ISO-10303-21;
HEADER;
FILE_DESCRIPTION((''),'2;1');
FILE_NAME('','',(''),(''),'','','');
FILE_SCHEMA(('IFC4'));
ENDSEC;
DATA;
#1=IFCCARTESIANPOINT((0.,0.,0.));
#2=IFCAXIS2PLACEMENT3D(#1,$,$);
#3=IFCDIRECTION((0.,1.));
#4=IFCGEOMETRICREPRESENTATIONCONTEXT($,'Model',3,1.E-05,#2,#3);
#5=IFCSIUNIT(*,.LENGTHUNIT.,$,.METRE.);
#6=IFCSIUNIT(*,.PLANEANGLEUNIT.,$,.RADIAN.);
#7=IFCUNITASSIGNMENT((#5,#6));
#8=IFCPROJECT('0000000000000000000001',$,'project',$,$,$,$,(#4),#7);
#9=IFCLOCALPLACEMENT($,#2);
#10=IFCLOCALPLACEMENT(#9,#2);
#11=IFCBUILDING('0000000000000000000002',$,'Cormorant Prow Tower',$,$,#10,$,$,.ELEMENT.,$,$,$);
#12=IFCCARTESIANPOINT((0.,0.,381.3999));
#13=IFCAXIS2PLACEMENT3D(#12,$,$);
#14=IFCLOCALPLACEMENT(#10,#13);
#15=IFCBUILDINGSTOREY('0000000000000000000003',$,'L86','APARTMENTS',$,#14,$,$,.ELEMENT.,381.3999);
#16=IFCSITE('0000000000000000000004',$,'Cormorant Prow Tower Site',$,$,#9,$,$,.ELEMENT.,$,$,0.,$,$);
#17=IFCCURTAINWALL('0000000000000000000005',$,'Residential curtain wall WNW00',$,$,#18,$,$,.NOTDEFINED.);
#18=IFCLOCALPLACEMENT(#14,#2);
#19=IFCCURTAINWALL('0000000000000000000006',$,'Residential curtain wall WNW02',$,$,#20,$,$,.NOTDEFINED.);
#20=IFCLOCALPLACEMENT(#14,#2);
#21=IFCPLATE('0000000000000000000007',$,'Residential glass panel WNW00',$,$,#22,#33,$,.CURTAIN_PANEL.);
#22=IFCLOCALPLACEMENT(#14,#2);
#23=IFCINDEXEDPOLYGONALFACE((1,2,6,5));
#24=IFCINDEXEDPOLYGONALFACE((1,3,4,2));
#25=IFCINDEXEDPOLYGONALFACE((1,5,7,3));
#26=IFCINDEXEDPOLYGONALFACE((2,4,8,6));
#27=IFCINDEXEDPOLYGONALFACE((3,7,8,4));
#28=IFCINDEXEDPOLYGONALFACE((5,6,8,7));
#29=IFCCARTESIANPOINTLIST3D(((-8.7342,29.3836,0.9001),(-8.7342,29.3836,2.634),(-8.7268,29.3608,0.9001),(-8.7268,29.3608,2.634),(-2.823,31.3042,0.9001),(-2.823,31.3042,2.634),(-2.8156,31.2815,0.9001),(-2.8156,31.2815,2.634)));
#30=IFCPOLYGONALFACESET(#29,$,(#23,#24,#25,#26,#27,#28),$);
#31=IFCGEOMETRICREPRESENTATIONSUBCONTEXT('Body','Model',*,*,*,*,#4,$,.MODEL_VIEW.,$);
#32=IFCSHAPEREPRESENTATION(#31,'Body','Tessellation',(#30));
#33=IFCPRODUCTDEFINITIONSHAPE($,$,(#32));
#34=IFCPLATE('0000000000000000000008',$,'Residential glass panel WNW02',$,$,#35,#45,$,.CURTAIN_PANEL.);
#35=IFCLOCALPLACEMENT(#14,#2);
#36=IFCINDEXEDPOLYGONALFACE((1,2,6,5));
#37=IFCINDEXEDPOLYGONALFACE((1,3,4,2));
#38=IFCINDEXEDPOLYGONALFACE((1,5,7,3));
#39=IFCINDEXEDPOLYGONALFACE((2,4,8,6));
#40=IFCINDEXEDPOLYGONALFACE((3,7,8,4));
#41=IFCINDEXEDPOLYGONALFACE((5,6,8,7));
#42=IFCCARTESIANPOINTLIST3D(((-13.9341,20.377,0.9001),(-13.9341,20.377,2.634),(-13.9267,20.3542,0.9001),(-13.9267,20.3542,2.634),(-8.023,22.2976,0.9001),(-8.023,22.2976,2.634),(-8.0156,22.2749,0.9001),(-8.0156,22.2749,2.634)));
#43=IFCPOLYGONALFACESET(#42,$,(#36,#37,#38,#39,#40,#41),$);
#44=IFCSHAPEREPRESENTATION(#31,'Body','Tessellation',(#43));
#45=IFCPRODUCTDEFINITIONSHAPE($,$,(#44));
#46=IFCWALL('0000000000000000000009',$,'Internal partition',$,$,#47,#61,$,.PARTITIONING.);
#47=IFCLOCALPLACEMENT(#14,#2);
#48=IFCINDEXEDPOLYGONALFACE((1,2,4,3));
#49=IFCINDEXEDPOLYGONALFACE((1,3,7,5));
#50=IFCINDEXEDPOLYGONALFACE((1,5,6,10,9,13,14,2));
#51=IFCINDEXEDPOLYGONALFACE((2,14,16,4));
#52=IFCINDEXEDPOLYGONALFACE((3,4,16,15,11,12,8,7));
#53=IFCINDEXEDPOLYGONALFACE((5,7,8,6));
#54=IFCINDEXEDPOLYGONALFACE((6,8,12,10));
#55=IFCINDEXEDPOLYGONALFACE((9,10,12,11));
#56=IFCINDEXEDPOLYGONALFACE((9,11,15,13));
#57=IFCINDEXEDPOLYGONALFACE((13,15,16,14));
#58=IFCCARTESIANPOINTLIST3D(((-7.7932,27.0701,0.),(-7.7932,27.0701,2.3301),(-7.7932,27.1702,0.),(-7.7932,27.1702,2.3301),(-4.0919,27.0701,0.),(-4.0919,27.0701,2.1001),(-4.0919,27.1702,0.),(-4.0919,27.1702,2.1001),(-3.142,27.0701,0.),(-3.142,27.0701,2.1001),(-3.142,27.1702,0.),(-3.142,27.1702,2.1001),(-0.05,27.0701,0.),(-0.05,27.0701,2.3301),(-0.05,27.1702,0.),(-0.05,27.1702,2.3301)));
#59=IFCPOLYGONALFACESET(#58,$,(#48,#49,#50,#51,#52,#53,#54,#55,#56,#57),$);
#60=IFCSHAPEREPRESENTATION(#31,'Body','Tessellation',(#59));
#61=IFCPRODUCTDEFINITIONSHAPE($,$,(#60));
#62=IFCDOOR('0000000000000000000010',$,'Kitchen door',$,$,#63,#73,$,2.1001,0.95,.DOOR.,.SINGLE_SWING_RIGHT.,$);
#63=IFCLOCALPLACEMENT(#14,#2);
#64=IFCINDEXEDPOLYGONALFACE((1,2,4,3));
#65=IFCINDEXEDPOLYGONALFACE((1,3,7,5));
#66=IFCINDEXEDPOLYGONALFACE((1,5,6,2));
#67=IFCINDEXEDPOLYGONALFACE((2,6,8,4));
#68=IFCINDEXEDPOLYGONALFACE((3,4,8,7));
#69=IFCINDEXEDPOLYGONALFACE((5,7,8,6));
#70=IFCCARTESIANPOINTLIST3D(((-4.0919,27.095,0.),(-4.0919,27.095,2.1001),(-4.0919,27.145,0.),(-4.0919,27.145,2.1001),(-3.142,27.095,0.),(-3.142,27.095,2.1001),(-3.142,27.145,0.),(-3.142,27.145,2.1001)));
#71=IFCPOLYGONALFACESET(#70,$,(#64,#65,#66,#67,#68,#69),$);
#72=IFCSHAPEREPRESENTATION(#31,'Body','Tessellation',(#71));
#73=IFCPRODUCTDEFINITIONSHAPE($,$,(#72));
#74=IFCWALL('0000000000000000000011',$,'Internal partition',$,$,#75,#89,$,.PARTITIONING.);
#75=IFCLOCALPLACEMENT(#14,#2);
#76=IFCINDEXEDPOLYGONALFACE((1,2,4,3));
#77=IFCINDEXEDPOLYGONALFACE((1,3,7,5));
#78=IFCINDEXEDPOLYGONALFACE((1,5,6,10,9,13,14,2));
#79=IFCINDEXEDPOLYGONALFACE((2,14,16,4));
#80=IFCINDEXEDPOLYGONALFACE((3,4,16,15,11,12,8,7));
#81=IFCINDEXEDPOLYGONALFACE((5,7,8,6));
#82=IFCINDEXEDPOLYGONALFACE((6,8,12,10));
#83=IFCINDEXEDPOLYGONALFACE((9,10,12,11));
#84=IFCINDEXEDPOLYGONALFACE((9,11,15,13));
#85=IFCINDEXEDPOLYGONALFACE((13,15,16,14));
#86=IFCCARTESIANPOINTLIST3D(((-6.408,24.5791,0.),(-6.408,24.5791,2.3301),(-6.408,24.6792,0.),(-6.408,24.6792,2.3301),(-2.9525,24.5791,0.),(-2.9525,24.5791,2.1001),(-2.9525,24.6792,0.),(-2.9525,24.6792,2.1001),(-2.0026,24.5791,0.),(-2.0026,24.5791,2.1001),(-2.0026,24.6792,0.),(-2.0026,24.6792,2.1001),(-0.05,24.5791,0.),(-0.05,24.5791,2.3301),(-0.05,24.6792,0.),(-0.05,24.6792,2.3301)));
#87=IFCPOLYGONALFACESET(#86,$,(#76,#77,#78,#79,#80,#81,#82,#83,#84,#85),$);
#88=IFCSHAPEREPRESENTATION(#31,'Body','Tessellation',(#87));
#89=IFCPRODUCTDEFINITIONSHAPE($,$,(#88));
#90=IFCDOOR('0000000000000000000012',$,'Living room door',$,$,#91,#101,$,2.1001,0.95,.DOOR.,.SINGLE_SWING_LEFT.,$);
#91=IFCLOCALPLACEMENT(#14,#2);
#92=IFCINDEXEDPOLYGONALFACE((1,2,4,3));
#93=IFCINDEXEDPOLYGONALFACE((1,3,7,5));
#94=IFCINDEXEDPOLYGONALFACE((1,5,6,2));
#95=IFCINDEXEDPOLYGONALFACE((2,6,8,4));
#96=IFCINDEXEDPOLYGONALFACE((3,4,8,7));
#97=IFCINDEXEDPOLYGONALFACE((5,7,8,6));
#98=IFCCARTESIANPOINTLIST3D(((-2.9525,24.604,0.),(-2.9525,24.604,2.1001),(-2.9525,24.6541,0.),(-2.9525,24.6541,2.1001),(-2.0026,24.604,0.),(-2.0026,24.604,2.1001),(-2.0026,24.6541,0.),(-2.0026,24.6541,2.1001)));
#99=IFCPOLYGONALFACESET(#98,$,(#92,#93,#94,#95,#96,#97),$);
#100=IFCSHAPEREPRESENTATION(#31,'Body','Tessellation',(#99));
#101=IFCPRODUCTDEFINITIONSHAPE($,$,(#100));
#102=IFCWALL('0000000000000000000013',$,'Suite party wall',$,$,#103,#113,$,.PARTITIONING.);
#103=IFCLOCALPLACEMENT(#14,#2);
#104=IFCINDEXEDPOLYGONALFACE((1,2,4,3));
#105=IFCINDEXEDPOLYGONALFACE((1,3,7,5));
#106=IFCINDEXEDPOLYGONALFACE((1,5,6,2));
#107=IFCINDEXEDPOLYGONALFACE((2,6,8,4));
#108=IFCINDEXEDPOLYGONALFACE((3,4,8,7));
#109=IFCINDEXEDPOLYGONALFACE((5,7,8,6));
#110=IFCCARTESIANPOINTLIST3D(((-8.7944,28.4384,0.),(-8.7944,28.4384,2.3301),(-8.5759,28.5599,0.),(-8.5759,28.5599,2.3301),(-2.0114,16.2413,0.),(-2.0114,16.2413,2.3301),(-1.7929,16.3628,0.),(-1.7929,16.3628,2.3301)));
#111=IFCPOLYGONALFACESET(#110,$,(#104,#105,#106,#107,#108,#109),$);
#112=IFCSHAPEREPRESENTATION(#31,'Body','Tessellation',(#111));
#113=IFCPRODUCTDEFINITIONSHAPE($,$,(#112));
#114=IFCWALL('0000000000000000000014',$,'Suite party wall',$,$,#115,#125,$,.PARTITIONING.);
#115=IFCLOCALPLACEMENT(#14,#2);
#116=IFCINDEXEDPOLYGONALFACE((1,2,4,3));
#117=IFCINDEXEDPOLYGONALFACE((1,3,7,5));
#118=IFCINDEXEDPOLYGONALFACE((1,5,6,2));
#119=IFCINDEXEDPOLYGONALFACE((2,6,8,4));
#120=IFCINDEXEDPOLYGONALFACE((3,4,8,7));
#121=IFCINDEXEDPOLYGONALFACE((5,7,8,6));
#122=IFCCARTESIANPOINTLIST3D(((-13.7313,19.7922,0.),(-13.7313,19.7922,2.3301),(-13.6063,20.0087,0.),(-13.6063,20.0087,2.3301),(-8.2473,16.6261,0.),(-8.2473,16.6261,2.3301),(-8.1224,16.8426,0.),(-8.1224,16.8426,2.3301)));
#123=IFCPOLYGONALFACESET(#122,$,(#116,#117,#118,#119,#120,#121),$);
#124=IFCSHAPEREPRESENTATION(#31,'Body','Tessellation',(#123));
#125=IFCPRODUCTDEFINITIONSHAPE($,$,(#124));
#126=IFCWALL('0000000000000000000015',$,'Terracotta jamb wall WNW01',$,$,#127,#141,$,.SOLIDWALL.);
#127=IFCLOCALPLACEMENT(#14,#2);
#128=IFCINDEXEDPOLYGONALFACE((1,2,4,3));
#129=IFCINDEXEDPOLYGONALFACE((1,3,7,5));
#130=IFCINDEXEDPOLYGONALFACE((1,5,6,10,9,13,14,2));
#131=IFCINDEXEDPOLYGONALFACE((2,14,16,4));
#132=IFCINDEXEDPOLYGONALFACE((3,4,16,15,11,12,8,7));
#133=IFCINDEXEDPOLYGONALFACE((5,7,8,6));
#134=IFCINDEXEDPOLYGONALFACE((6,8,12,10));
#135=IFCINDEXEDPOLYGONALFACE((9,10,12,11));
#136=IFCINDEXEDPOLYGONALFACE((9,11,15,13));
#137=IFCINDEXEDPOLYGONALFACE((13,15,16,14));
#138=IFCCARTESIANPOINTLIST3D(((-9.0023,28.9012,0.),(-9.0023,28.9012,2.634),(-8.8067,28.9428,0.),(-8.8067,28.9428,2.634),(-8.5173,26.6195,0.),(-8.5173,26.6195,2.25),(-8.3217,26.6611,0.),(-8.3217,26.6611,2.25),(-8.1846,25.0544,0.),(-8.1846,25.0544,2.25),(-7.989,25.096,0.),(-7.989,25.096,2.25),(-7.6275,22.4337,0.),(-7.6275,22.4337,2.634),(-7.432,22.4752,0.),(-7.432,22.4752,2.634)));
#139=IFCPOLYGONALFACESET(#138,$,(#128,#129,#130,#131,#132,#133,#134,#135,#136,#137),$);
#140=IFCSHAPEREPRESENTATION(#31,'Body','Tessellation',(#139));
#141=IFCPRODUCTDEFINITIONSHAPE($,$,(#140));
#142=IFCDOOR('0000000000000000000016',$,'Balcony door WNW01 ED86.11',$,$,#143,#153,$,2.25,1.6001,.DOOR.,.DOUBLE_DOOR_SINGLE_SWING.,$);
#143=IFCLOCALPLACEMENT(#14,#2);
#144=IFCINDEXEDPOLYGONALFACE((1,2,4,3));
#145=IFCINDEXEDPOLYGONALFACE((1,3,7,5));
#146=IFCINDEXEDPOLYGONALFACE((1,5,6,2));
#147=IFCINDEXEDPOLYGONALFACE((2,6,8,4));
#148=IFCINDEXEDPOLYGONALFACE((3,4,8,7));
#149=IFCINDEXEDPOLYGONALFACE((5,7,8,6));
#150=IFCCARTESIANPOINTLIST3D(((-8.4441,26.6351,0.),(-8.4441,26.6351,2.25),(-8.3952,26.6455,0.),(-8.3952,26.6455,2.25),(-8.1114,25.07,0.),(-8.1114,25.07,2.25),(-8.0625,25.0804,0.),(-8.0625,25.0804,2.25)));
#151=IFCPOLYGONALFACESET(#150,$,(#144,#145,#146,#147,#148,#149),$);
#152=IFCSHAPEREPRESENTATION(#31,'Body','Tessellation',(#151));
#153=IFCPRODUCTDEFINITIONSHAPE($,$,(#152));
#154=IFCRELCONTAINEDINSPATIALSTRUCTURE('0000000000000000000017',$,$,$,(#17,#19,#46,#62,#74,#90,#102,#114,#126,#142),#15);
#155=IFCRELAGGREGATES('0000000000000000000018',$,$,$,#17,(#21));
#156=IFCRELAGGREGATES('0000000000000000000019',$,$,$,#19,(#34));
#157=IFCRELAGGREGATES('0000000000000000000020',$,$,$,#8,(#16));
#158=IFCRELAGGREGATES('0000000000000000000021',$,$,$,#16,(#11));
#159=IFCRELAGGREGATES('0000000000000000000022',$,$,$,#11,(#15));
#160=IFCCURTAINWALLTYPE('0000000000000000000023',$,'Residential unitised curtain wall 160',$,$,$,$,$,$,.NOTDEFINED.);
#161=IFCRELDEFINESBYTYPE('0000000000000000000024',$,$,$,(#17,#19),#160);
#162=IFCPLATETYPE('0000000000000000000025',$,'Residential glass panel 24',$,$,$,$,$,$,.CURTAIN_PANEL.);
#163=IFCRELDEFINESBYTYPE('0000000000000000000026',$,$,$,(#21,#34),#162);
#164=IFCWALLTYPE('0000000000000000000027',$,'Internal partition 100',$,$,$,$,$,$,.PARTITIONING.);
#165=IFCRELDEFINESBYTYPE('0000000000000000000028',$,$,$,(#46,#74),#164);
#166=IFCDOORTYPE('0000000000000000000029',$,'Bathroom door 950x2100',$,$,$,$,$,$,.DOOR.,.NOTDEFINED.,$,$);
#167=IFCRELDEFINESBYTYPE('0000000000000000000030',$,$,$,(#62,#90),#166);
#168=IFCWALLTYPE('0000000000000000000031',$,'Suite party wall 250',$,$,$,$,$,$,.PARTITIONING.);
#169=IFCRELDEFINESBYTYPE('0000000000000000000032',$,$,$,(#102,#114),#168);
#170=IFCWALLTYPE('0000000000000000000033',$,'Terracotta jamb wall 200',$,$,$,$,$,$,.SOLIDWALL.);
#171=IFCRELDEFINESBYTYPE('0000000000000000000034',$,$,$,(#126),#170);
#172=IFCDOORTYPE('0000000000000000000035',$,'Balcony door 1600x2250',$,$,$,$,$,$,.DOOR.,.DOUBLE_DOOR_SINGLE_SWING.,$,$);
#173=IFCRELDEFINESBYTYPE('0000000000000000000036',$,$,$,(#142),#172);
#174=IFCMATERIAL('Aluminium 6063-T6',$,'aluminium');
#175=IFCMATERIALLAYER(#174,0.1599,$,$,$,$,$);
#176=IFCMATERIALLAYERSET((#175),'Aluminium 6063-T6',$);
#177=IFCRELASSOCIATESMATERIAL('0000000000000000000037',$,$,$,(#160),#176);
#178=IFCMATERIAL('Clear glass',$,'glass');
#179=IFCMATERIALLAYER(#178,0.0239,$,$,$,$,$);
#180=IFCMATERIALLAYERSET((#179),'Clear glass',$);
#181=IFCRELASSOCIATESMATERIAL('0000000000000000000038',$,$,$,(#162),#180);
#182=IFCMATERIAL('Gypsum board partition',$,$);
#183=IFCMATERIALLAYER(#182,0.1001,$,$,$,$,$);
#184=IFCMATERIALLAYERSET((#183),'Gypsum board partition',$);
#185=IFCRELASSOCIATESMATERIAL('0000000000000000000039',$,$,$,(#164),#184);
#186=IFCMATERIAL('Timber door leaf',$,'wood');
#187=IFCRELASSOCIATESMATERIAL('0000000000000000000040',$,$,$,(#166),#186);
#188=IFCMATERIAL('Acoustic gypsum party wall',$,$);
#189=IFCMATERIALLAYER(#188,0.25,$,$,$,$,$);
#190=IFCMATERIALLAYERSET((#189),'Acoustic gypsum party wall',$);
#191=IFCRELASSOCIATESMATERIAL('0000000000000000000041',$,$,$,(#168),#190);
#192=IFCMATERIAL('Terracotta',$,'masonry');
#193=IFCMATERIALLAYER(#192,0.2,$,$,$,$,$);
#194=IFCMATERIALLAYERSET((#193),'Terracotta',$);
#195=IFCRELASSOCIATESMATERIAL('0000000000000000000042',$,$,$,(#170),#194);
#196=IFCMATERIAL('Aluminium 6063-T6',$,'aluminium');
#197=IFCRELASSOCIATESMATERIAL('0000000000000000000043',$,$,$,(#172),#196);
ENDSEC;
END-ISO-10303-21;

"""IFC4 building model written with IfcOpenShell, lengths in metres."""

from ifc_helpers import new_model, si_unit, direction, frame, frame_2d, origin, origin_2d, place, context, subcontext, project, spatial, rectangle, extrude, material, layer, layer_set, type_object, element, fill, aggregate, save


model = new_model("IFC4")

# Units and contexts
model_context = context("Model", 3, precision=1e-05, world=origin(), true_north=direction((0.0, 1.0)))
body_context = subcontext(model_context, "Body", "Model", "MODEL_VIEW")
ifc_project = project(units=[si_unit("LENGTHUNIT", "METRE"), si_unit("PLANEANGLEUNIT", "RADIAN")], contexts=[model_context])

# Site, building, storey
site_placement = place(None, origin())
site = spatial("IfcSite", under=ifc_project, at=site_placement, Name="Cormorant Prow Tower Site", CompositionType="ELEMENT", RefElevation=0.0)
building_placement = place(site_placement, origin())
building = spatial("IfcBuilding", under=site, at=building_placement, Name="Cormorant Prow Tower", CompositionType="ELEMENT")
storey_placement = place(building_placement, frame((0.0, 0.0, 381.3999)))
storey = spatial("IfcBuildingStorey", under=building, at=storey_placement, Name="L86", Description="APARTMENTS", CompositionType="ELEMENT", Elevation=381.3999)

# Curtain walls
ifc_material_1 = material(Name="Aluminium 6063-T6", Category="aluminium")
ifc_layer_1 = layer(ifc_material_1, 0.1599)
ifc_layer_set_1 = layer_set([ifc_layer_1], Name="Aluminium 6063-T6")
curtain_wall_type = type_object("IfcCurtainWallType", Name="Residential unitised curtain wall 160", PredefinedType="NOTDEFINED", material=ifc_layer_set_1)
curtain_wall_1_placement = place(storey_placement, origin())
curtain_wall_1 = element("IfcCurtainWall", 1, at=curtain_wall_1_placement, inside=storey, type_object=curtain_wall_type, Name="Residential curtain wall WNW00", PredefinedType="NOTDEFINED")
curtain_wall_2_placement = place(storey_placement, origin())
curtain_wall_2 = element("IfcCurtainWall", 2, at=curtain_wall_2_placement, inside=storey, type_object=curtain_wall_type, Name="Residential curtain wall WNW02", PredefinedType="NOTDEFINED")

# Plates
ifc_material_2 = material(Name="Clear glass", Category="glass")
ifc_layer_2 = layer(ifc_material_2, 0.0239)
ifc_layer_set_2 = layer_set([ifc_layer_2], Name="Clear glass")
plate_type = type_object("IfcPlateType", Name="Residential glass panel 24", PredefinedType="CURTAIN_PANEL", material=ifc_layer_set_2)
plate_1_placement = place(storey_placement, frame((-5.7749, 30.3325, 0.9001), z_axis=(0.0, 0.0, 1.0), x_axis=(-0.951057, -0.309017, 0.0)))
plate_1 = element("IfcPlate", 3, at=plate_1_placement, type_object=plate_type, Name="Residential glass panel WNW00", PredefinedType="CURTAIN_PANEL", context=body_context, shape_type="SweptSolid", body=[
    extrude(rectangle(XDim=6.2153, YDim=0.0239, at=origin_2d()), origin(), (0.0, 0.0, 1.0), 1.7339),
])
aggregate(curtain_wall_1, [plate_1])
plate_2_placement = place(storey_placement, frame((-10.9749, 21.3259, 0.9001), z_axis=(0.0, 0.0, 1.0), x_axis=(-0.951057, -0.309017, 0.0)))
plate_2 = element("IfcPlate", 4, at=plate_2_placement, type_object=plate_type, Name="Residential glass panel WNW02", PredefinedType="CURTAIN_PANEL", context=body_context, shape_type="SweptSolid", body=[
    extrude(rectangle(XDim=6.2153, YDim=0.0239, at=origin_2d()), origin(), (0.0, 0.0, 1.0), 1.7339),
])
aggregate(curtain_wall_2, [plate_2])

# Walls, openings, doors
ifc_material_3 = material(Name="Gypsum board partition")
ifc_layer_3 = layer(ifc_material_3, 0.1001)
ifc_layer_set_3 = layer_set([ifc_layer_3], Name="Gypsum board partition")
wall_type_1 = type_object("IfcWallType", Name="Internal partition 100", PredefinedType="PARTITIONING", material=ifc_layer_set_3)
wall_1_placement = place(storey_placement, frame((-7.7932, 27.1201, 0.0), z_axis=(0.0, 0.0, 1.0), x_axis=(1.0, 0.0, 0.0)))
wall_1 = element("IfcWall", 5, at=wall_1_placement, inside=storey, type_object=wall_type_1, Name="Internal partition", PredefinedType="PARTITIONING", context=body_context, shape_type="SweptSolid", body=[
    extrude(rectangle(XDim=7.7432, YDim=0.1001, at=frame_2d((3.8716, 0.0))), origin(), (0.0, 0.0, 1.0), 2.3301),
])
opening_1_placement = place(wall_1_placement, frame((3.7012, 0.0, 0.0)))
opening_1 = element("IfcOpeningElement", 6, at=opening_1_placement, cuts=wall_1, PredefinedType="OPENING", context=body_context, shape_type="SweptSolid", body=[
    extrude(rectangle(XDim=0.95, YDim=2.1001, at=frame_2d((0.4751, 1.05))), frame((0.0, 0.0601, 0.0), z_axis=(0.0, -1.0, 0.0), x_axis=(1.0, 0.0, 0.0)), (0.0, 0.0, 1.0), 0.1201),
])
ifc_material_4 = material(Name="Timber door leaf", Category="wood")
door_type_1 = type_object("IfcDoorType", Name="Bathroom door 950x2100", OperationType="NOTDEFINED", PredefinedType="DOOR", material=ifc_material_4)
door_1_placement = place(opening_1_placement, origin())
door_1 = element("IfcDoor", 7, at=door_1_placement, inside=storey, type_object=door_type_1, Name="Kitchen door", OperationType="SINGLE_SWING_RIGHT", OverallHeight=2.1001, OverallWidth=0.95, PredefinedType="DOOR", context=body_context, shape_type="SweptSolid", body=[
    extrude(rectangle(XDim=0.95, YDim=2.1001, at=frame_2d((0.4751, 1.05))), frame((0.0, 0.0249, 0.0), z_axis=(0.0, -1.0, 0.0), x_axis=(1.0, 0.0, 0.0)), (0.0, 0.0, 1.0), 0.05),
])
fill(opening_1, door_1)
wall_2_placement = place(storey_placement, frame((-6.408, 24.6292, 0.0), z_axis=(0.0, 0.0, 1.0), x_axis=(1.0, 0.0, 0.0)))
wall_2 = element("IfcWall", 8, at=wall_2_placement, inside=storey, type_object=wall_type_1, Name="Internal partition", PredefinedType="PARTITIONING", context=body_context, shape_type="SweptSolid", body=[
    extrude(rectangle(XDim=6.3579, YDim=0.1001, at=frame_2d((3.179, 0.0))), origin(), (0.0, 0.0, 1.0), 2.3301),
])
opening_2_placement = place(wall_2_placement, frame((3.4553, 0.0, 0.0)))
opening_2 = element("IfcOpeningElement", 9, at=opening_2_placement, cuts=wall_2, PredefinedType="OPENING", context=body_context, shape_type="SweptSolid", body=[
    extrude(rectangle(XDim=0.95, YDim=2.1001, at=frame_2d((0.4751, 1.05))), frame((0.0, 0.0601, 0.0), z_axis=(0.0, -1.0, 0.0), x_axis=(1.0, 0.0, 0.0)), (0.0, 0.0, 1.0), 0.1201),
])
door_2_placement = place(opening_2_placement, origin())
door_2 = element("IfcDoor", 10, at=door_2_placement, inside=storey, type_object=door_type_1, Name="Living room door", OperationType="SINGLE_SWING_LEFT", OverallHeight=2.1001, OverallWidth=0.95, PredefinedType="DOOR", context=body_context, shape_type="SweptSolid", body=[
    extrude(rectangle(XDim=0.95, YDim=2.1001, at=frame_2d((0.4751, 1.05))), frame((0.0, 0.0249, 0.0), z_axis=(0.0, -1.0, 0.0), x_axis=(1.0, 0.0, 0.0)), (0.0, 0.0, 1.0), 0.05),
])
fill(opening_2, door_2)

# Walls
ifc_material_5 = material(Name="Acoustic gypsum party wall")
ifc_layer_4 = layer(ifc_material_5, 0.25)
ifc_layer_set_4 = layer_set([ifc_layer_4], Name="Acoustic gypsum party wall")
wall_type_2 = type_object("IfcWallType", Name="Suite party wall 250", PredefinedType="PARTITIONING", material=ifc_layer_set_4)
wall_3_placement = place(storey_placement, frame((-8.6851, 28.499, 0.0), z_axis=(0.0, 0.0, 1.0), x_axis=(0.486017, -0.873949, 0.0)))
element("IfcWall", 11, at=wall_3_placement, inside=storey, type_object=wall_type_2, Name="Suite party wall", PredefinedType="PARTITIONING", context=body_context, shape_type="SweptSolid", body=[
    extrude(rectangle(XDim=13.9563, YDim=0.25, at=frame_2d((6.978, 0.0))), origin(), (0.0, 0.0, 1.0), 2.3301),
])
wall_4_placement = place(storey_placement, frame((-13.6687, 19.9004, 0.0), z_axis=(0.0, 0.0, 1.0), x_axis=(0.866033, -0.499987, 0.0)))
element("IfcWall", 12, at=wall_4_placement, inside=storey, type_object=wall_type_2, Name="Suite party wall", PredefinedType="PARTITIONING", context=body_context, shape_type="SweptSolid", body=[
    extrude(rectangle(XDim=6.3323, YDim=0.25, at=frame_2d((3.166, 0.0))), origin(), (0.0, 0.0, 1.0), 2.3301),
])

# Wall, opening, door
ifc_material_6 = material(Name="Terracotta", Category="masonry")
ifc_layer_5 = layer(ifc_material_6, 0.2)
ifc_layer_set_5 = layer_set([ifc_layer_5], Name="Terracotta")
wall_type_3 = type_object("IfcWallType", Name="Terracotta jamb wall 200", PredefinedType="SOLIDWALL", material=ifc_layer_set_5)
wall_5_placement = place(storey_placement, frame((-8.9045, 28.9221, 0.0), z_axis=(0.0, 0.0, 1.0), x_axis=(0.207917, -0.978146, 0.0)))
wall_5 = element("IfcWall", 13, at=wall_5_placement, inside=storey, type_object=wall_type_3, Name="Terracotta jamb wall WNW01", PredefinedType="SOLIDWALL", context=body_context, shape_type="SweptSolid", body=[
    extrude(rectangle(XDim=6.6121, YDim=0.2, at=frame_2d((3.3062, 0.0))), origin(), (0.0, 0.0, 1.0), 2.634),
])
opening_3_placement = place(wall_5_placement, frame((2.3328, 0.0, 0.0)))
opening_3 = element("IfcOpeningElement", 14, at=opening_3_placement, cuts=wall_5, PredefinedType="OPENING", context=body_context, shape_type="SweptSolid", body=[
    extrude(rectangle(XDim=1.6001, YDim=2.25, at=frame_2d((0.8, 1.125))), frame((0.0, 0.1099, 0.0), z_axis=(0.0, -1.0, 0.0), x_axis=(1.0, 0.0, 0.0)), (0.0, 0.0, 1.0), 0.22),
])
ifc_material_7 = material(Name="Aluminium 6063-T6", Category="aluminium")
door_type_2 = type_object("IfcDoorType", Name="Balcony door 1600x2250", OperationType="DOUBLE_DOOR_SINGLE_SWING", PredefinedType="DOOR", material=ifc_material_7)
door_3_placement = place(opening_3_placement, origin())
door_3 = element("IfcDoor", 15, at=door_3_placement, inside=storey, type_object=door_type_2, Name="Balcony door WNW01 ED86.11", OperationType="DOUBLE_DOOR_SINGLE_SWING", OverallHeight=2.25, OverallWidth=1.6001, PredefinedType="DOOR", context=body_context, shape_type="SweptSolid", body=[
    extrude(rectangle(XDim=1.6001, YDim=2.25, at=frame_2d((0.8, 1.125))), frame((0.0, 0.0249, 0.0), z_axis=(0.0, -1.0, 0.0), x_axis=(1.0, 0.0, 0.0)), (0.0, 0.0, 1.0), 0.05),
])
fill(opening_3, door_3)

save(model, "model.ifc")
